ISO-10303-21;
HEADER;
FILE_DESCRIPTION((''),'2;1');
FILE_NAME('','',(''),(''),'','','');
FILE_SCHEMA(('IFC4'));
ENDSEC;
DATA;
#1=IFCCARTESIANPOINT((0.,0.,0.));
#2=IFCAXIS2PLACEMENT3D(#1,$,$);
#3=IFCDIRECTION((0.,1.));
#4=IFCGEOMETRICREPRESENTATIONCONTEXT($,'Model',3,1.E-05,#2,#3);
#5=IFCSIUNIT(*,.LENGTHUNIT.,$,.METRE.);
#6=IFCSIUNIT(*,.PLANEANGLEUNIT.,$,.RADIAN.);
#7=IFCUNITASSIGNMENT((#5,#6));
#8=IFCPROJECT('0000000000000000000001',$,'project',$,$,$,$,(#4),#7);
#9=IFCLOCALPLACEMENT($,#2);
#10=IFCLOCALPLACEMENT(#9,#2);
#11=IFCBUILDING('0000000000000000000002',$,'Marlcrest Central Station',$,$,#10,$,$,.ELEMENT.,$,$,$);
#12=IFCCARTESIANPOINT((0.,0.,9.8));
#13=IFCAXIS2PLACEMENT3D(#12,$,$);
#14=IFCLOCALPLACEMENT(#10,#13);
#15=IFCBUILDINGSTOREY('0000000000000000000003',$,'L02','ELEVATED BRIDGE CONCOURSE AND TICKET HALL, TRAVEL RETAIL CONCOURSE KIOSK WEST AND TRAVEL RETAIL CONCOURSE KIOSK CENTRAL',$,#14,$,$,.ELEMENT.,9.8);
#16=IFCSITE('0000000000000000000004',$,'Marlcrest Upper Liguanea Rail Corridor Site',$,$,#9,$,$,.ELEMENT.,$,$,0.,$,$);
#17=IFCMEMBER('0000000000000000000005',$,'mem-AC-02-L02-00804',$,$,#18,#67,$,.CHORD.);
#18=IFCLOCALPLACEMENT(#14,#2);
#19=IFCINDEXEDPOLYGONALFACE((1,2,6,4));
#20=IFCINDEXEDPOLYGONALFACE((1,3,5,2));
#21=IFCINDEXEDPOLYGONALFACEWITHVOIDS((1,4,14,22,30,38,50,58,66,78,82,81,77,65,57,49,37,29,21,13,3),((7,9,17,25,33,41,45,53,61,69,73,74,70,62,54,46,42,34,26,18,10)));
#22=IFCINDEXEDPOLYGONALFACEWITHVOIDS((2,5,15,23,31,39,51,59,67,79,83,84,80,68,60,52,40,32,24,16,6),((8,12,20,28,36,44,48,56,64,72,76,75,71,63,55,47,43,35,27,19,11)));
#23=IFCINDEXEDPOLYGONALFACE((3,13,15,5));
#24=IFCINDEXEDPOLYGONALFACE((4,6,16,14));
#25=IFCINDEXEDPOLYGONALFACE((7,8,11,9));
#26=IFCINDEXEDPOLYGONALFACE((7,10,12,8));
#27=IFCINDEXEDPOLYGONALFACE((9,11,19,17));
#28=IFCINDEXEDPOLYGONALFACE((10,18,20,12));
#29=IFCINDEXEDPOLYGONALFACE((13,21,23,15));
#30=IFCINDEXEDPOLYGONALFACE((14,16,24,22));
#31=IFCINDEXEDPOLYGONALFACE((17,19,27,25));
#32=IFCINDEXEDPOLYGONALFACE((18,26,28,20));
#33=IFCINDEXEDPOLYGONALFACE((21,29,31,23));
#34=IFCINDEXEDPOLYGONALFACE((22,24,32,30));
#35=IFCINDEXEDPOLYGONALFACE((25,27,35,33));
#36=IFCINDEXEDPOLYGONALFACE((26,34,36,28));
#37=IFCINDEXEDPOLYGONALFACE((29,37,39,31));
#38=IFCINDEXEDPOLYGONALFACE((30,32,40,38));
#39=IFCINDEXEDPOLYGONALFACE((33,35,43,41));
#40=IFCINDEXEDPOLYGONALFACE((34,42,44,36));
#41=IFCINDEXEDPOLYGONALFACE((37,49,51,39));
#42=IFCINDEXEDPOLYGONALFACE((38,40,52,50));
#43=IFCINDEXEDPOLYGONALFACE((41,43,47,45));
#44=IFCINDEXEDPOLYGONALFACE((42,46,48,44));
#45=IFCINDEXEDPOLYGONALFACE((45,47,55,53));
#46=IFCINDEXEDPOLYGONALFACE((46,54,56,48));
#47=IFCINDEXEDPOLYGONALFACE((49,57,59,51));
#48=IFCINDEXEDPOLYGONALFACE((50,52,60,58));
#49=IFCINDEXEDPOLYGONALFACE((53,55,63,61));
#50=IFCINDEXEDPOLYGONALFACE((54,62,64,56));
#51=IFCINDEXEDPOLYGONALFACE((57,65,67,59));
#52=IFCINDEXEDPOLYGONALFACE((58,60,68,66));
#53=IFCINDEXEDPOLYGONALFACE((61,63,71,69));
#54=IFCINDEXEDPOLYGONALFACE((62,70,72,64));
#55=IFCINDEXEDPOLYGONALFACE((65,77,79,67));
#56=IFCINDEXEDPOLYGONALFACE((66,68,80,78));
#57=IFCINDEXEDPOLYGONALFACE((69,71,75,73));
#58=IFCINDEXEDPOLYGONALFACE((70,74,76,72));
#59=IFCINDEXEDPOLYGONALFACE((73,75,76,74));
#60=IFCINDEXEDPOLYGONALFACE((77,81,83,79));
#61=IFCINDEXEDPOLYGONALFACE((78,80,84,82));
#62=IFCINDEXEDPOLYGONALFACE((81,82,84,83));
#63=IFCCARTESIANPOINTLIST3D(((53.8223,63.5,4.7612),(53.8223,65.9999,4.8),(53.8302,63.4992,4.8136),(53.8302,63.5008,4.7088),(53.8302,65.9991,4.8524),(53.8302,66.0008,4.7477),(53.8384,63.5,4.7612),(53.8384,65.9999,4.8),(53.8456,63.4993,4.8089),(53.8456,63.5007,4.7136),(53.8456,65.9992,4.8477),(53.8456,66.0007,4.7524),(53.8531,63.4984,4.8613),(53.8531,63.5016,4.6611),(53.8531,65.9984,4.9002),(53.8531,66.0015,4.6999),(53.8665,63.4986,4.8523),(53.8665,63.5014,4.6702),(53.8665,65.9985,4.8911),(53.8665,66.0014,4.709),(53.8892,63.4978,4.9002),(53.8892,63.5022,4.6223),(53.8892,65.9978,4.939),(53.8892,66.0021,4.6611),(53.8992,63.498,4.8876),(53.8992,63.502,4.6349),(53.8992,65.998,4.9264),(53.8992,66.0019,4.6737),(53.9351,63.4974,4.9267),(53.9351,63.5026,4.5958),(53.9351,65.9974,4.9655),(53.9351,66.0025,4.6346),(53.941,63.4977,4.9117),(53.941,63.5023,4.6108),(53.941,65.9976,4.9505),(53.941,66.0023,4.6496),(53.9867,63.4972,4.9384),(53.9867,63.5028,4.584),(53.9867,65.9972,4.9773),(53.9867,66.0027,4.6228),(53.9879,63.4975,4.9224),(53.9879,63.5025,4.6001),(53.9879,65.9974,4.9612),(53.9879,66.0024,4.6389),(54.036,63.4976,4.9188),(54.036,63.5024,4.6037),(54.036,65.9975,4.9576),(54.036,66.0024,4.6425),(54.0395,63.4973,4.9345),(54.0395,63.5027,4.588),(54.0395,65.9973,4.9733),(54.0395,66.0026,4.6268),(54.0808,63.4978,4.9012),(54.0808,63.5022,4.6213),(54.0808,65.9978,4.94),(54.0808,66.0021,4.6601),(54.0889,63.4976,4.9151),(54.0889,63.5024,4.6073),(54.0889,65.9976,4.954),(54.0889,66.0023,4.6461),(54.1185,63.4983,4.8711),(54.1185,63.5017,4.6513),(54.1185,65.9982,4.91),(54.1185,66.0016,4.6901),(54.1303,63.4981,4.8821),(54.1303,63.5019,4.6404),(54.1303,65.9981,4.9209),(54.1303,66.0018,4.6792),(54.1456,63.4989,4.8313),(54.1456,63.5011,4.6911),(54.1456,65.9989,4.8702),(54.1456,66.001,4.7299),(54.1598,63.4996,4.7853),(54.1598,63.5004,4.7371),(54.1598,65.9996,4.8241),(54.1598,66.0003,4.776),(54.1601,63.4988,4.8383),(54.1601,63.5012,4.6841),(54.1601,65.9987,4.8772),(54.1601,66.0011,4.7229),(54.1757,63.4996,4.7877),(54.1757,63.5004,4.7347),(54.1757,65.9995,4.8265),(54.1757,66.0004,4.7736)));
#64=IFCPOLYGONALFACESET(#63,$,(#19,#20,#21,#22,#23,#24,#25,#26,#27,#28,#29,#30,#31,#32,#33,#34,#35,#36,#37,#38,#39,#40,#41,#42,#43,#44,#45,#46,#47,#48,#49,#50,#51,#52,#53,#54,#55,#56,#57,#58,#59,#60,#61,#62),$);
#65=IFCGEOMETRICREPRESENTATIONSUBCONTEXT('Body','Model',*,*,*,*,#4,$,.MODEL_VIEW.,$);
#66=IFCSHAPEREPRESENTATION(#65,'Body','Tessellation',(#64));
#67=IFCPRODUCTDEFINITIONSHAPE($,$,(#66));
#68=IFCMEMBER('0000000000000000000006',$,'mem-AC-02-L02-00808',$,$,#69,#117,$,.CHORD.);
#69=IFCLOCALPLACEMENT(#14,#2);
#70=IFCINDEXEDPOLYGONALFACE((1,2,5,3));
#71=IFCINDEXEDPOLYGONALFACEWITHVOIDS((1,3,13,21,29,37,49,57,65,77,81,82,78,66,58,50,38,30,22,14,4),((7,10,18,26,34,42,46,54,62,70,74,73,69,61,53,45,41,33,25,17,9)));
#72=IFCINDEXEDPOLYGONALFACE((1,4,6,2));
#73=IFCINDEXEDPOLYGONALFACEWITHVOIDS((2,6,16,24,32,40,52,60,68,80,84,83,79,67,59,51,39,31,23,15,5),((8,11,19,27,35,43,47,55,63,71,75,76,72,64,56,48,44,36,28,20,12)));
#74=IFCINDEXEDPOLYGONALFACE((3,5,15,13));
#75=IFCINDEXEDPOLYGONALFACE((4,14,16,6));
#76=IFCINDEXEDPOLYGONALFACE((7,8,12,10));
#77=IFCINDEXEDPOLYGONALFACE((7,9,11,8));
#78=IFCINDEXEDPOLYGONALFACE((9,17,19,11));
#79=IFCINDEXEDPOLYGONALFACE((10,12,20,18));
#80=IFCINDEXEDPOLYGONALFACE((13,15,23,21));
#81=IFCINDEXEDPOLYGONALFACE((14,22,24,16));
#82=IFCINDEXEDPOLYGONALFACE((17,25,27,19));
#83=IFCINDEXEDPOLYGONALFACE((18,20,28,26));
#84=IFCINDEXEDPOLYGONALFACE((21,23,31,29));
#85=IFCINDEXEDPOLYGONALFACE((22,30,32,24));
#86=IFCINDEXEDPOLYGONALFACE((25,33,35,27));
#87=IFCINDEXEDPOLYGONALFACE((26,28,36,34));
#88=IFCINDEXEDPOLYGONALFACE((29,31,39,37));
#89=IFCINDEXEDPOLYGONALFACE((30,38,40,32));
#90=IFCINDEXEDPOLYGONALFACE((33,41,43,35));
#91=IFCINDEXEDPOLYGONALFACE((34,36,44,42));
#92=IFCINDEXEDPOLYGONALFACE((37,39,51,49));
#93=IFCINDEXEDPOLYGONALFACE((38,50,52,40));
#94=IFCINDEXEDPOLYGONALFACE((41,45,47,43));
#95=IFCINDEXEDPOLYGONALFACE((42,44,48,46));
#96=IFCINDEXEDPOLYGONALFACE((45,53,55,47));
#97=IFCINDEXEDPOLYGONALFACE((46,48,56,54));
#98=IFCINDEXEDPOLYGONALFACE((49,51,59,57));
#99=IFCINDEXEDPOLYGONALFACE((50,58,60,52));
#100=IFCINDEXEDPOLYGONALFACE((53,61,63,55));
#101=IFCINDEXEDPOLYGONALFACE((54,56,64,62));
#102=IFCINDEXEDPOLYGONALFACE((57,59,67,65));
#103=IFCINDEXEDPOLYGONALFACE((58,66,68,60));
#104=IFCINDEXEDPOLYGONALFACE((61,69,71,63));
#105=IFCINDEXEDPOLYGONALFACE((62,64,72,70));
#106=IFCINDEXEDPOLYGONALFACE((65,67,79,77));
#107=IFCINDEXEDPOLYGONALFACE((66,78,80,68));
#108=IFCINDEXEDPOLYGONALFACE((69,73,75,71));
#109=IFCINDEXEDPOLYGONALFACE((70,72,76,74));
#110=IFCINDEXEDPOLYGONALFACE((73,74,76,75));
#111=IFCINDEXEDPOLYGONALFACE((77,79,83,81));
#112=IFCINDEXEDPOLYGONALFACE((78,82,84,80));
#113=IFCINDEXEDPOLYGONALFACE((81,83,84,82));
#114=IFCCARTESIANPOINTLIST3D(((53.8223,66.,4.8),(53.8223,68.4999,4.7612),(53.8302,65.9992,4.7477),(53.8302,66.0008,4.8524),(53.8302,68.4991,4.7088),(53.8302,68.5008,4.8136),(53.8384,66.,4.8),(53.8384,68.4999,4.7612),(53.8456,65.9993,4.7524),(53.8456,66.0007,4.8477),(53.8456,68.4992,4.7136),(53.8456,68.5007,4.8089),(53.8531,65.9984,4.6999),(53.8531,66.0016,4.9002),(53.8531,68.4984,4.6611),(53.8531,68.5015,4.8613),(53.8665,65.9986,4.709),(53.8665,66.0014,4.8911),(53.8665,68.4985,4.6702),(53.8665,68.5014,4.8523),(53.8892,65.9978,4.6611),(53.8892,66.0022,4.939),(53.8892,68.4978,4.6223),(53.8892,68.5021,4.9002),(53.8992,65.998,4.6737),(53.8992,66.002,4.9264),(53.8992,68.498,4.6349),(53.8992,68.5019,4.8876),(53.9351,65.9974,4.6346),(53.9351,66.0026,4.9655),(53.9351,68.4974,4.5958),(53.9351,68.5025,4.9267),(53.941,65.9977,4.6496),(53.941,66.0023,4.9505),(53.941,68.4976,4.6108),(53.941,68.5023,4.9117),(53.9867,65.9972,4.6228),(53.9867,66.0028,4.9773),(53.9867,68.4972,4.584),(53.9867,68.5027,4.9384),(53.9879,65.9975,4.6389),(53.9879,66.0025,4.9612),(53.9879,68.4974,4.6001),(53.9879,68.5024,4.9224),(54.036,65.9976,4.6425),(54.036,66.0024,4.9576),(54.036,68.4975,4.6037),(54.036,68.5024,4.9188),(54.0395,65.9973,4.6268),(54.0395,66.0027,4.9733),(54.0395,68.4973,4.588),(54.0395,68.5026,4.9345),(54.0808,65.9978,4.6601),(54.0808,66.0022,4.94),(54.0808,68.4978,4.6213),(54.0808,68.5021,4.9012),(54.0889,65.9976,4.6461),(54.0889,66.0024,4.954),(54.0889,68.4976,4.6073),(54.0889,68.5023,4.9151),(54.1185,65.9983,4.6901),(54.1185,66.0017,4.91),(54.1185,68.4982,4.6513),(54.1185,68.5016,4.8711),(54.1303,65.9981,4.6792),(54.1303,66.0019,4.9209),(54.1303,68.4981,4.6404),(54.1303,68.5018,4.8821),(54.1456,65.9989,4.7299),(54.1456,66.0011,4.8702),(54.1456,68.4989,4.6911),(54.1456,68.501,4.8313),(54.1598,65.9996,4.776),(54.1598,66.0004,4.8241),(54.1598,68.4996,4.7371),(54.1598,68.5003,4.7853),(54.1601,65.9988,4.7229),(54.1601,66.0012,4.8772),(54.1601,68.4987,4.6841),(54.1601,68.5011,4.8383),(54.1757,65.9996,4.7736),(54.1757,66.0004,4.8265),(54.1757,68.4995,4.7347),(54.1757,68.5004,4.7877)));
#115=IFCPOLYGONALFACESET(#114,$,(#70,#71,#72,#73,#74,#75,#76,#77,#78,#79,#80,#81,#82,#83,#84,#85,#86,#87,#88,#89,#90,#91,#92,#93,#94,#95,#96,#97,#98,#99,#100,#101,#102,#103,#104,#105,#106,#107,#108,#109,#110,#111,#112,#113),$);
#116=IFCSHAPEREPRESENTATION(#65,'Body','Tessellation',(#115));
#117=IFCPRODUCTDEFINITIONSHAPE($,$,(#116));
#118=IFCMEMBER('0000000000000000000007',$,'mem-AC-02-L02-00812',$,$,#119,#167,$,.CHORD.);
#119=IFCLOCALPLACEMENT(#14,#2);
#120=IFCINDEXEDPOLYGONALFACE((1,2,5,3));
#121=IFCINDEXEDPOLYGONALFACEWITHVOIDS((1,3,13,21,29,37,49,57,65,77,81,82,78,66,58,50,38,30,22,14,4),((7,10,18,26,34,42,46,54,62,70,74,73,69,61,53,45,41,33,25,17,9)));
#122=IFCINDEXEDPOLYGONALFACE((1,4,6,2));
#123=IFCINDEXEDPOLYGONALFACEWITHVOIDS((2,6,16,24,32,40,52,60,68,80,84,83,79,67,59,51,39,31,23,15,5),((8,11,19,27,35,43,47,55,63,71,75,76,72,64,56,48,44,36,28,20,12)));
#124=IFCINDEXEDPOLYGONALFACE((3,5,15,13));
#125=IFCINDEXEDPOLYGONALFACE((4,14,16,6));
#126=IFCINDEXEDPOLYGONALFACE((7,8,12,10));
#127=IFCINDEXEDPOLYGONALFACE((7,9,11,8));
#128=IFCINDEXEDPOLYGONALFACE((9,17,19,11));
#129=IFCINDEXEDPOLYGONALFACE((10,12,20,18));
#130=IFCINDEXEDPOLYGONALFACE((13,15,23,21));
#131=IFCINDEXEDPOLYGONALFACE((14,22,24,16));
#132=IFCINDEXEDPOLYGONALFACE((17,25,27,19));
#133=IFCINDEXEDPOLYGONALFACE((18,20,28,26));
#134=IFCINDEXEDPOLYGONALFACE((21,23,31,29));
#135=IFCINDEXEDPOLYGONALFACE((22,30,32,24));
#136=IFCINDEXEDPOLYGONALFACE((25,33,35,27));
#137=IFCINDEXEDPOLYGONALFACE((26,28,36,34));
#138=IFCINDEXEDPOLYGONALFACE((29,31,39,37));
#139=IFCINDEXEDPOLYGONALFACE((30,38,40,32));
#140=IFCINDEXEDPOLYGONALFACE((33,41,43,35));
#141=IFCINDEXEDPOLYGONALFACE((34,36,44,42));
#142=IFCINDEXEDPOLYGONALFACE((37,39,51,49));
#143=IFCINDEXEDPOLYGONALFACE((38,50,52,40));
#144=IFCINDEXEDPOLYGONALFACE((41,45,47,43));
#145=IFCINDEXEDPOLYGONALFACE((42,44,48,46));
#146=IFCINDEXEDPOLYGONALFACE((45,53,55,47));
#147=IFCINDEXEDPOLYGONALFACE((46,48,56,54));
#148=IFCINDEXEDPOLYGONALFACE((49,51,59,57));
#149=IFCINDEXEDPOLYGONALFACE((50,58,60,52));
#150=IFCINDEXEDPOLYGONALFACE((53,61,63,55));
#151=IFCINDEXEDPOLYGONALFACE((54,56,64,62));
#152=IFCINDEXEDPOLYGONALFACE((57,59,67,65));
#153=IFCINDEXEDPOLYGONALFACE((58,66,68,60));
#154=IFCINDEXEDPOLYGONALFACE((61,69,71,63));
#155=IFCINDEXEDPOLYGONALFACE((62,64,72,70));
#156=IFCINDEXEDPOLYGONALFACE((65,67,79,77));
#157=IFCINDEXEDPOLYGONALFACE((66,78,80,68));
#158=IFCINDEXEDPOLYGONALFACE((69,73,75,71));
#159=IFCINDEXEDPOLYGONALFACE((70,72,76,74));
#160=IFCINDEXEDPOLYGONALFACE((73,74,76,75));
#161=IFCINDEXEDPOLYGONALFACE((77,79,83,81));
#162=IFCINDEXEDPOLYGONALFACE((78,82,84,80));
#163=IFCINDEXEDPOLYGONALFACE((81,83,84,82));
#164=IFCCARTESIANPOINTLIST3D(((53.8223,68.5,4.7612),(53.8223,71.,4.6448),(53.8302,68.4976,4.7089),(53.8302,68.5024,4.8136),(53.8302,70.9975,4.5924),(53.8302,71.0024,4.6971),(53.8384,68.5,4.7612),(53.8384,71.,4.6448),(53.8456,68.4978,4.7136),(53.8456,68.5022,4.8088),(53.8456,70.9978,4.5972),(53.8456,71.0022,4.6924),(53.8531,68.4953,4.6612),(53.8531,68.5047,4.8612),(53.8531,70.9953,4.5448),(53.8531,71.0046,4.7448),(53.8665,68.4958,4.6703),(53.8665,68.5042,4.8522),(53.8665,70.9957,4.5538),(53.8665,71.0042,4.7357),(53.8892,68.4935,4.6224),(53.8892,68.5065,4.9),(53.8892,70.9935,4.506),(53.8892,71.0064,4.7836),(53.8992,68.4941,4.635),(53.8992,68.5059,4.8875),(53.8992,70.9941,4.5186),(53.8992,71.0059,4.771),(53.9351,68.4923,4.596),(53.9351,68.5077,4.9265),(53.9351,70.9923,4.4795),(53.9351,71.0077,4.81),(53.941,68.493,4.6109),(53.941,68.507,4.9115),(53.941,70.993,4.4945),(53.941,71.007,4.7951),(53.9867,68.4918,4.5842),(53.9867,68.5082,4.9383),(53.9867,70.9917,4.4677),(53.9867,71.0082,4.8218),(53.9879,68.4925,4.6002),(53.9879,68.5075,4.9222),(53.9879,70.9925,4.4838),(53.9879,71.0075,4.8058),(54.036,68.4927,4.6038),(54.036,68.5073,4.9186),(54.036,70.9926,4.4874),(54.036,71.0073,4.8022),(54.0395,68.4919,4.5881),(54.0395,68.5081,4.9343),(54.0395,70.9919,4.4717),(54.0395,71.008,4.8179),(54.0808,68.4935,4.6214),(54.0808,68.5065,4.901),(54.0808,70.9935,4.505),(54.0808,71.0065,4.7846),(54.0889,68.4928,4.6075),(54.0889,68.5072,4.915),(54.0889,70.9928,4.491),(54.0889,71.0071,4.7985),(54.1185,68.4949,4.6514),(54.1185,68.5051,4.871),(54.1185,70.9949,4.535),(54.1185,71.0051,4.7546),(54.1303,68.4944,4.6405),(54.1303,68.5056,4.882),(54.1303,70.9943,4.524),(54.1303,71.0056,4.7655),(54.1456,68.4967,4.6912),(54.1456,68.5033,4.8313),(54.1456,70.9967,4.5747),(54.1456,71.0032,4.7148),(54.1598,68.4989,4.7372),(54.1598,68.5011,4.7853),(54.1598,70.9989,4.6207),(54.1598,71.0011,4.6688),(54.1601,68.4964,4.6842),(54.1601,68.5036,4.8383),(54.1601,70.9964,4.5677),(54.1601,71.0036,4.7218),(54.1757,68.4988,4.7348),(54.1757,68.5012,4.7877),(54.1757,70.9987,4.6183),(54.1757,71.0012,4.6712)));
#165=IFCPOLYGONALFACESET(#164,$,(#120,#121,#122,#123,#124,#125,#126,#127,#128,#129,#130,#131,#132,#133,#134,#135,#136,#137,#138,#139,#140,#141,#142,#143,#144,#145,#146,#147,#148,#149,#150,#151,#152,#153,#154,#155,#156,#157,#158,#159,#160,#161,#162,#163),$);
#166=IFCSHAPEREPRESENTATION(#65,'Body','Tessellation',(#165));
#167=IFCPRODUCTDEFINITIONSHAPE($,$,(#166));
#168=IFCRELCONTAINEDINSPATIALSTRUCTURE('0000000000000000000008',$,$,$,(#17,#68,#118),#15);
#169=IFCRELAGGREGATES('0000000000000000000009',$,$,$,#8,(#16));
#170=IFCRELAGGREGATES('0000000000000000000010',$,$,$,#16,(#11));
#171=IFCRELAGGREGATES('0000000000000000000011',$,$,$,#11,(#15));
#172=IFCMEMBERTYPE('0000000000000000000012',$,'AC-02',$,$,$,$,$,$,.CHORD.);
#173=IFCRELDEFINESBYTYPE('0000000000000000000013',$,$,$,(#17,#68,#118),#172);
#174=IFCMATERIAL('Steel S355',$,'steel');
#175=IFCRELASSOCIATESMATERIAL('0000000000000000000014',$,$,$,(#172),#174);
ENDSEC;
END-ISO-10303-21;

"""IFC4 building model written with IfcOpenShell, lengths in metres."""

from ifc_helpers import new_model, si_unit, direction, frame, origin, origin_2d, place, context, subcontext, project, spatial, hollow_circle, extrude, material, material_profile, profile_set, type_object, element, save


model = new_model("IFC4")

# Units and contexts
model_context = context("Model", 3, precision=1e-05, world=origin(), true_north=direction((0.0, 1.0)))
body_context = subcontext(model_context, "Body", "Model", "MODEL_VIEW")
ifc_project = project(units=[si_unit("LENGTHUNIT", "METRE"), si_unit("PLANEANGLEUNIT", "RADIAN")], contexts=[model_context])

# Site, building, storey
site_placement = place(None, origin())
site = spatial("IfcSite", under=ifc_project, at=site_placement, Name="Marlcrest Upper Liguanea Rail Corridor Site", CompositionType="ELEMENT", RefElevation=0.0)
building_placement = place(site_placement, origin())
building = spatial("IfcBuilding", under=site, at=building_placement, Name="Marlcrest Central Station", CompositionType="ELEMENT")
storey_placement = place(building_placement, frame((0.0, 0.0, 9.8)))
storey = spatial("IfcBuildingStorey", under=building, at=storey_placement, Name="L02", Description="ELEVATED BRIDGE CONCOURSE AND TICKET HALL, TRAVEL RETAIL CONCOURSE KIOSK WEST AND TRAVEL RETAIL CONCOURSE KIOSK CENTRAL", CompositionType="ELEMENT", Elevation=9.8)

# Members
ifc_material = material(Name="Steel S355", Category="steel")
ifc_material_profile_1 = material_profile(ifc_material, hollow_circle(Radius=0.1777, WallThickness=0.0161, at=origin_2d()), Name="CHS 355.6x16")
ifc_profile_set_1 = profile_set([ifc_material_profile_1], Name="Steel S355")
member_type_1 = type_object("IfcMemberType", Name="AC-02", PredefinedType="CHORD", material=ifc_profile_set_1)
for number, where, z_axis, x_axis, name in (
    (1, (54.0, 63.5, 4.7612), (0.0, 0.999879, 0.015525), (-1.0, 0.0, 0.0), "mem-AC-02-L02-00804"),
    (2, (54.0, 66.0, 4.8), (0.0, 0.999879, -0.015525), (-1.0, 0.0, 0.0), "mem-AC-02-L02-00808"),
):
    element("IfcMember", number, at=place(storey_placement, frame(where, z_axis=z_axis, x_axis=x_axis)), inside=storey, type_object=member_type_1, Name=name, PredefinedType="CHORD", context=body_context, shape_type="SweptSolid", body=[
        extrude(hollow_circle(Radius=0.1777, WallThickness=0.0161, at=origin_2d()), origin(), (0.0, 0.0, 1.0), 2.5002),
    ])
member_1_placement = place(storey_placement, frame((54.0, 68.5, 4.7612), z_axis=(0.0, 0.998917, -0.046532), x_axis=(-1.0, 0.0, 0.0)))
element("IfcMember", 3, at=member_1_placement, inside=storey, type_object=member_type_1, Name="mem-AC-02-L02-00812", PredefinedType="CHORD", context=body_context, shape_type="SweptSolid", body=[
    extrude(hollow_circle(Radius=0.1777, WallThickness=0.0161, at=origin_2d()), origin(), (0.0, 0.0, 1.0), 2.5027),
])

save(model, "model.ifc")
